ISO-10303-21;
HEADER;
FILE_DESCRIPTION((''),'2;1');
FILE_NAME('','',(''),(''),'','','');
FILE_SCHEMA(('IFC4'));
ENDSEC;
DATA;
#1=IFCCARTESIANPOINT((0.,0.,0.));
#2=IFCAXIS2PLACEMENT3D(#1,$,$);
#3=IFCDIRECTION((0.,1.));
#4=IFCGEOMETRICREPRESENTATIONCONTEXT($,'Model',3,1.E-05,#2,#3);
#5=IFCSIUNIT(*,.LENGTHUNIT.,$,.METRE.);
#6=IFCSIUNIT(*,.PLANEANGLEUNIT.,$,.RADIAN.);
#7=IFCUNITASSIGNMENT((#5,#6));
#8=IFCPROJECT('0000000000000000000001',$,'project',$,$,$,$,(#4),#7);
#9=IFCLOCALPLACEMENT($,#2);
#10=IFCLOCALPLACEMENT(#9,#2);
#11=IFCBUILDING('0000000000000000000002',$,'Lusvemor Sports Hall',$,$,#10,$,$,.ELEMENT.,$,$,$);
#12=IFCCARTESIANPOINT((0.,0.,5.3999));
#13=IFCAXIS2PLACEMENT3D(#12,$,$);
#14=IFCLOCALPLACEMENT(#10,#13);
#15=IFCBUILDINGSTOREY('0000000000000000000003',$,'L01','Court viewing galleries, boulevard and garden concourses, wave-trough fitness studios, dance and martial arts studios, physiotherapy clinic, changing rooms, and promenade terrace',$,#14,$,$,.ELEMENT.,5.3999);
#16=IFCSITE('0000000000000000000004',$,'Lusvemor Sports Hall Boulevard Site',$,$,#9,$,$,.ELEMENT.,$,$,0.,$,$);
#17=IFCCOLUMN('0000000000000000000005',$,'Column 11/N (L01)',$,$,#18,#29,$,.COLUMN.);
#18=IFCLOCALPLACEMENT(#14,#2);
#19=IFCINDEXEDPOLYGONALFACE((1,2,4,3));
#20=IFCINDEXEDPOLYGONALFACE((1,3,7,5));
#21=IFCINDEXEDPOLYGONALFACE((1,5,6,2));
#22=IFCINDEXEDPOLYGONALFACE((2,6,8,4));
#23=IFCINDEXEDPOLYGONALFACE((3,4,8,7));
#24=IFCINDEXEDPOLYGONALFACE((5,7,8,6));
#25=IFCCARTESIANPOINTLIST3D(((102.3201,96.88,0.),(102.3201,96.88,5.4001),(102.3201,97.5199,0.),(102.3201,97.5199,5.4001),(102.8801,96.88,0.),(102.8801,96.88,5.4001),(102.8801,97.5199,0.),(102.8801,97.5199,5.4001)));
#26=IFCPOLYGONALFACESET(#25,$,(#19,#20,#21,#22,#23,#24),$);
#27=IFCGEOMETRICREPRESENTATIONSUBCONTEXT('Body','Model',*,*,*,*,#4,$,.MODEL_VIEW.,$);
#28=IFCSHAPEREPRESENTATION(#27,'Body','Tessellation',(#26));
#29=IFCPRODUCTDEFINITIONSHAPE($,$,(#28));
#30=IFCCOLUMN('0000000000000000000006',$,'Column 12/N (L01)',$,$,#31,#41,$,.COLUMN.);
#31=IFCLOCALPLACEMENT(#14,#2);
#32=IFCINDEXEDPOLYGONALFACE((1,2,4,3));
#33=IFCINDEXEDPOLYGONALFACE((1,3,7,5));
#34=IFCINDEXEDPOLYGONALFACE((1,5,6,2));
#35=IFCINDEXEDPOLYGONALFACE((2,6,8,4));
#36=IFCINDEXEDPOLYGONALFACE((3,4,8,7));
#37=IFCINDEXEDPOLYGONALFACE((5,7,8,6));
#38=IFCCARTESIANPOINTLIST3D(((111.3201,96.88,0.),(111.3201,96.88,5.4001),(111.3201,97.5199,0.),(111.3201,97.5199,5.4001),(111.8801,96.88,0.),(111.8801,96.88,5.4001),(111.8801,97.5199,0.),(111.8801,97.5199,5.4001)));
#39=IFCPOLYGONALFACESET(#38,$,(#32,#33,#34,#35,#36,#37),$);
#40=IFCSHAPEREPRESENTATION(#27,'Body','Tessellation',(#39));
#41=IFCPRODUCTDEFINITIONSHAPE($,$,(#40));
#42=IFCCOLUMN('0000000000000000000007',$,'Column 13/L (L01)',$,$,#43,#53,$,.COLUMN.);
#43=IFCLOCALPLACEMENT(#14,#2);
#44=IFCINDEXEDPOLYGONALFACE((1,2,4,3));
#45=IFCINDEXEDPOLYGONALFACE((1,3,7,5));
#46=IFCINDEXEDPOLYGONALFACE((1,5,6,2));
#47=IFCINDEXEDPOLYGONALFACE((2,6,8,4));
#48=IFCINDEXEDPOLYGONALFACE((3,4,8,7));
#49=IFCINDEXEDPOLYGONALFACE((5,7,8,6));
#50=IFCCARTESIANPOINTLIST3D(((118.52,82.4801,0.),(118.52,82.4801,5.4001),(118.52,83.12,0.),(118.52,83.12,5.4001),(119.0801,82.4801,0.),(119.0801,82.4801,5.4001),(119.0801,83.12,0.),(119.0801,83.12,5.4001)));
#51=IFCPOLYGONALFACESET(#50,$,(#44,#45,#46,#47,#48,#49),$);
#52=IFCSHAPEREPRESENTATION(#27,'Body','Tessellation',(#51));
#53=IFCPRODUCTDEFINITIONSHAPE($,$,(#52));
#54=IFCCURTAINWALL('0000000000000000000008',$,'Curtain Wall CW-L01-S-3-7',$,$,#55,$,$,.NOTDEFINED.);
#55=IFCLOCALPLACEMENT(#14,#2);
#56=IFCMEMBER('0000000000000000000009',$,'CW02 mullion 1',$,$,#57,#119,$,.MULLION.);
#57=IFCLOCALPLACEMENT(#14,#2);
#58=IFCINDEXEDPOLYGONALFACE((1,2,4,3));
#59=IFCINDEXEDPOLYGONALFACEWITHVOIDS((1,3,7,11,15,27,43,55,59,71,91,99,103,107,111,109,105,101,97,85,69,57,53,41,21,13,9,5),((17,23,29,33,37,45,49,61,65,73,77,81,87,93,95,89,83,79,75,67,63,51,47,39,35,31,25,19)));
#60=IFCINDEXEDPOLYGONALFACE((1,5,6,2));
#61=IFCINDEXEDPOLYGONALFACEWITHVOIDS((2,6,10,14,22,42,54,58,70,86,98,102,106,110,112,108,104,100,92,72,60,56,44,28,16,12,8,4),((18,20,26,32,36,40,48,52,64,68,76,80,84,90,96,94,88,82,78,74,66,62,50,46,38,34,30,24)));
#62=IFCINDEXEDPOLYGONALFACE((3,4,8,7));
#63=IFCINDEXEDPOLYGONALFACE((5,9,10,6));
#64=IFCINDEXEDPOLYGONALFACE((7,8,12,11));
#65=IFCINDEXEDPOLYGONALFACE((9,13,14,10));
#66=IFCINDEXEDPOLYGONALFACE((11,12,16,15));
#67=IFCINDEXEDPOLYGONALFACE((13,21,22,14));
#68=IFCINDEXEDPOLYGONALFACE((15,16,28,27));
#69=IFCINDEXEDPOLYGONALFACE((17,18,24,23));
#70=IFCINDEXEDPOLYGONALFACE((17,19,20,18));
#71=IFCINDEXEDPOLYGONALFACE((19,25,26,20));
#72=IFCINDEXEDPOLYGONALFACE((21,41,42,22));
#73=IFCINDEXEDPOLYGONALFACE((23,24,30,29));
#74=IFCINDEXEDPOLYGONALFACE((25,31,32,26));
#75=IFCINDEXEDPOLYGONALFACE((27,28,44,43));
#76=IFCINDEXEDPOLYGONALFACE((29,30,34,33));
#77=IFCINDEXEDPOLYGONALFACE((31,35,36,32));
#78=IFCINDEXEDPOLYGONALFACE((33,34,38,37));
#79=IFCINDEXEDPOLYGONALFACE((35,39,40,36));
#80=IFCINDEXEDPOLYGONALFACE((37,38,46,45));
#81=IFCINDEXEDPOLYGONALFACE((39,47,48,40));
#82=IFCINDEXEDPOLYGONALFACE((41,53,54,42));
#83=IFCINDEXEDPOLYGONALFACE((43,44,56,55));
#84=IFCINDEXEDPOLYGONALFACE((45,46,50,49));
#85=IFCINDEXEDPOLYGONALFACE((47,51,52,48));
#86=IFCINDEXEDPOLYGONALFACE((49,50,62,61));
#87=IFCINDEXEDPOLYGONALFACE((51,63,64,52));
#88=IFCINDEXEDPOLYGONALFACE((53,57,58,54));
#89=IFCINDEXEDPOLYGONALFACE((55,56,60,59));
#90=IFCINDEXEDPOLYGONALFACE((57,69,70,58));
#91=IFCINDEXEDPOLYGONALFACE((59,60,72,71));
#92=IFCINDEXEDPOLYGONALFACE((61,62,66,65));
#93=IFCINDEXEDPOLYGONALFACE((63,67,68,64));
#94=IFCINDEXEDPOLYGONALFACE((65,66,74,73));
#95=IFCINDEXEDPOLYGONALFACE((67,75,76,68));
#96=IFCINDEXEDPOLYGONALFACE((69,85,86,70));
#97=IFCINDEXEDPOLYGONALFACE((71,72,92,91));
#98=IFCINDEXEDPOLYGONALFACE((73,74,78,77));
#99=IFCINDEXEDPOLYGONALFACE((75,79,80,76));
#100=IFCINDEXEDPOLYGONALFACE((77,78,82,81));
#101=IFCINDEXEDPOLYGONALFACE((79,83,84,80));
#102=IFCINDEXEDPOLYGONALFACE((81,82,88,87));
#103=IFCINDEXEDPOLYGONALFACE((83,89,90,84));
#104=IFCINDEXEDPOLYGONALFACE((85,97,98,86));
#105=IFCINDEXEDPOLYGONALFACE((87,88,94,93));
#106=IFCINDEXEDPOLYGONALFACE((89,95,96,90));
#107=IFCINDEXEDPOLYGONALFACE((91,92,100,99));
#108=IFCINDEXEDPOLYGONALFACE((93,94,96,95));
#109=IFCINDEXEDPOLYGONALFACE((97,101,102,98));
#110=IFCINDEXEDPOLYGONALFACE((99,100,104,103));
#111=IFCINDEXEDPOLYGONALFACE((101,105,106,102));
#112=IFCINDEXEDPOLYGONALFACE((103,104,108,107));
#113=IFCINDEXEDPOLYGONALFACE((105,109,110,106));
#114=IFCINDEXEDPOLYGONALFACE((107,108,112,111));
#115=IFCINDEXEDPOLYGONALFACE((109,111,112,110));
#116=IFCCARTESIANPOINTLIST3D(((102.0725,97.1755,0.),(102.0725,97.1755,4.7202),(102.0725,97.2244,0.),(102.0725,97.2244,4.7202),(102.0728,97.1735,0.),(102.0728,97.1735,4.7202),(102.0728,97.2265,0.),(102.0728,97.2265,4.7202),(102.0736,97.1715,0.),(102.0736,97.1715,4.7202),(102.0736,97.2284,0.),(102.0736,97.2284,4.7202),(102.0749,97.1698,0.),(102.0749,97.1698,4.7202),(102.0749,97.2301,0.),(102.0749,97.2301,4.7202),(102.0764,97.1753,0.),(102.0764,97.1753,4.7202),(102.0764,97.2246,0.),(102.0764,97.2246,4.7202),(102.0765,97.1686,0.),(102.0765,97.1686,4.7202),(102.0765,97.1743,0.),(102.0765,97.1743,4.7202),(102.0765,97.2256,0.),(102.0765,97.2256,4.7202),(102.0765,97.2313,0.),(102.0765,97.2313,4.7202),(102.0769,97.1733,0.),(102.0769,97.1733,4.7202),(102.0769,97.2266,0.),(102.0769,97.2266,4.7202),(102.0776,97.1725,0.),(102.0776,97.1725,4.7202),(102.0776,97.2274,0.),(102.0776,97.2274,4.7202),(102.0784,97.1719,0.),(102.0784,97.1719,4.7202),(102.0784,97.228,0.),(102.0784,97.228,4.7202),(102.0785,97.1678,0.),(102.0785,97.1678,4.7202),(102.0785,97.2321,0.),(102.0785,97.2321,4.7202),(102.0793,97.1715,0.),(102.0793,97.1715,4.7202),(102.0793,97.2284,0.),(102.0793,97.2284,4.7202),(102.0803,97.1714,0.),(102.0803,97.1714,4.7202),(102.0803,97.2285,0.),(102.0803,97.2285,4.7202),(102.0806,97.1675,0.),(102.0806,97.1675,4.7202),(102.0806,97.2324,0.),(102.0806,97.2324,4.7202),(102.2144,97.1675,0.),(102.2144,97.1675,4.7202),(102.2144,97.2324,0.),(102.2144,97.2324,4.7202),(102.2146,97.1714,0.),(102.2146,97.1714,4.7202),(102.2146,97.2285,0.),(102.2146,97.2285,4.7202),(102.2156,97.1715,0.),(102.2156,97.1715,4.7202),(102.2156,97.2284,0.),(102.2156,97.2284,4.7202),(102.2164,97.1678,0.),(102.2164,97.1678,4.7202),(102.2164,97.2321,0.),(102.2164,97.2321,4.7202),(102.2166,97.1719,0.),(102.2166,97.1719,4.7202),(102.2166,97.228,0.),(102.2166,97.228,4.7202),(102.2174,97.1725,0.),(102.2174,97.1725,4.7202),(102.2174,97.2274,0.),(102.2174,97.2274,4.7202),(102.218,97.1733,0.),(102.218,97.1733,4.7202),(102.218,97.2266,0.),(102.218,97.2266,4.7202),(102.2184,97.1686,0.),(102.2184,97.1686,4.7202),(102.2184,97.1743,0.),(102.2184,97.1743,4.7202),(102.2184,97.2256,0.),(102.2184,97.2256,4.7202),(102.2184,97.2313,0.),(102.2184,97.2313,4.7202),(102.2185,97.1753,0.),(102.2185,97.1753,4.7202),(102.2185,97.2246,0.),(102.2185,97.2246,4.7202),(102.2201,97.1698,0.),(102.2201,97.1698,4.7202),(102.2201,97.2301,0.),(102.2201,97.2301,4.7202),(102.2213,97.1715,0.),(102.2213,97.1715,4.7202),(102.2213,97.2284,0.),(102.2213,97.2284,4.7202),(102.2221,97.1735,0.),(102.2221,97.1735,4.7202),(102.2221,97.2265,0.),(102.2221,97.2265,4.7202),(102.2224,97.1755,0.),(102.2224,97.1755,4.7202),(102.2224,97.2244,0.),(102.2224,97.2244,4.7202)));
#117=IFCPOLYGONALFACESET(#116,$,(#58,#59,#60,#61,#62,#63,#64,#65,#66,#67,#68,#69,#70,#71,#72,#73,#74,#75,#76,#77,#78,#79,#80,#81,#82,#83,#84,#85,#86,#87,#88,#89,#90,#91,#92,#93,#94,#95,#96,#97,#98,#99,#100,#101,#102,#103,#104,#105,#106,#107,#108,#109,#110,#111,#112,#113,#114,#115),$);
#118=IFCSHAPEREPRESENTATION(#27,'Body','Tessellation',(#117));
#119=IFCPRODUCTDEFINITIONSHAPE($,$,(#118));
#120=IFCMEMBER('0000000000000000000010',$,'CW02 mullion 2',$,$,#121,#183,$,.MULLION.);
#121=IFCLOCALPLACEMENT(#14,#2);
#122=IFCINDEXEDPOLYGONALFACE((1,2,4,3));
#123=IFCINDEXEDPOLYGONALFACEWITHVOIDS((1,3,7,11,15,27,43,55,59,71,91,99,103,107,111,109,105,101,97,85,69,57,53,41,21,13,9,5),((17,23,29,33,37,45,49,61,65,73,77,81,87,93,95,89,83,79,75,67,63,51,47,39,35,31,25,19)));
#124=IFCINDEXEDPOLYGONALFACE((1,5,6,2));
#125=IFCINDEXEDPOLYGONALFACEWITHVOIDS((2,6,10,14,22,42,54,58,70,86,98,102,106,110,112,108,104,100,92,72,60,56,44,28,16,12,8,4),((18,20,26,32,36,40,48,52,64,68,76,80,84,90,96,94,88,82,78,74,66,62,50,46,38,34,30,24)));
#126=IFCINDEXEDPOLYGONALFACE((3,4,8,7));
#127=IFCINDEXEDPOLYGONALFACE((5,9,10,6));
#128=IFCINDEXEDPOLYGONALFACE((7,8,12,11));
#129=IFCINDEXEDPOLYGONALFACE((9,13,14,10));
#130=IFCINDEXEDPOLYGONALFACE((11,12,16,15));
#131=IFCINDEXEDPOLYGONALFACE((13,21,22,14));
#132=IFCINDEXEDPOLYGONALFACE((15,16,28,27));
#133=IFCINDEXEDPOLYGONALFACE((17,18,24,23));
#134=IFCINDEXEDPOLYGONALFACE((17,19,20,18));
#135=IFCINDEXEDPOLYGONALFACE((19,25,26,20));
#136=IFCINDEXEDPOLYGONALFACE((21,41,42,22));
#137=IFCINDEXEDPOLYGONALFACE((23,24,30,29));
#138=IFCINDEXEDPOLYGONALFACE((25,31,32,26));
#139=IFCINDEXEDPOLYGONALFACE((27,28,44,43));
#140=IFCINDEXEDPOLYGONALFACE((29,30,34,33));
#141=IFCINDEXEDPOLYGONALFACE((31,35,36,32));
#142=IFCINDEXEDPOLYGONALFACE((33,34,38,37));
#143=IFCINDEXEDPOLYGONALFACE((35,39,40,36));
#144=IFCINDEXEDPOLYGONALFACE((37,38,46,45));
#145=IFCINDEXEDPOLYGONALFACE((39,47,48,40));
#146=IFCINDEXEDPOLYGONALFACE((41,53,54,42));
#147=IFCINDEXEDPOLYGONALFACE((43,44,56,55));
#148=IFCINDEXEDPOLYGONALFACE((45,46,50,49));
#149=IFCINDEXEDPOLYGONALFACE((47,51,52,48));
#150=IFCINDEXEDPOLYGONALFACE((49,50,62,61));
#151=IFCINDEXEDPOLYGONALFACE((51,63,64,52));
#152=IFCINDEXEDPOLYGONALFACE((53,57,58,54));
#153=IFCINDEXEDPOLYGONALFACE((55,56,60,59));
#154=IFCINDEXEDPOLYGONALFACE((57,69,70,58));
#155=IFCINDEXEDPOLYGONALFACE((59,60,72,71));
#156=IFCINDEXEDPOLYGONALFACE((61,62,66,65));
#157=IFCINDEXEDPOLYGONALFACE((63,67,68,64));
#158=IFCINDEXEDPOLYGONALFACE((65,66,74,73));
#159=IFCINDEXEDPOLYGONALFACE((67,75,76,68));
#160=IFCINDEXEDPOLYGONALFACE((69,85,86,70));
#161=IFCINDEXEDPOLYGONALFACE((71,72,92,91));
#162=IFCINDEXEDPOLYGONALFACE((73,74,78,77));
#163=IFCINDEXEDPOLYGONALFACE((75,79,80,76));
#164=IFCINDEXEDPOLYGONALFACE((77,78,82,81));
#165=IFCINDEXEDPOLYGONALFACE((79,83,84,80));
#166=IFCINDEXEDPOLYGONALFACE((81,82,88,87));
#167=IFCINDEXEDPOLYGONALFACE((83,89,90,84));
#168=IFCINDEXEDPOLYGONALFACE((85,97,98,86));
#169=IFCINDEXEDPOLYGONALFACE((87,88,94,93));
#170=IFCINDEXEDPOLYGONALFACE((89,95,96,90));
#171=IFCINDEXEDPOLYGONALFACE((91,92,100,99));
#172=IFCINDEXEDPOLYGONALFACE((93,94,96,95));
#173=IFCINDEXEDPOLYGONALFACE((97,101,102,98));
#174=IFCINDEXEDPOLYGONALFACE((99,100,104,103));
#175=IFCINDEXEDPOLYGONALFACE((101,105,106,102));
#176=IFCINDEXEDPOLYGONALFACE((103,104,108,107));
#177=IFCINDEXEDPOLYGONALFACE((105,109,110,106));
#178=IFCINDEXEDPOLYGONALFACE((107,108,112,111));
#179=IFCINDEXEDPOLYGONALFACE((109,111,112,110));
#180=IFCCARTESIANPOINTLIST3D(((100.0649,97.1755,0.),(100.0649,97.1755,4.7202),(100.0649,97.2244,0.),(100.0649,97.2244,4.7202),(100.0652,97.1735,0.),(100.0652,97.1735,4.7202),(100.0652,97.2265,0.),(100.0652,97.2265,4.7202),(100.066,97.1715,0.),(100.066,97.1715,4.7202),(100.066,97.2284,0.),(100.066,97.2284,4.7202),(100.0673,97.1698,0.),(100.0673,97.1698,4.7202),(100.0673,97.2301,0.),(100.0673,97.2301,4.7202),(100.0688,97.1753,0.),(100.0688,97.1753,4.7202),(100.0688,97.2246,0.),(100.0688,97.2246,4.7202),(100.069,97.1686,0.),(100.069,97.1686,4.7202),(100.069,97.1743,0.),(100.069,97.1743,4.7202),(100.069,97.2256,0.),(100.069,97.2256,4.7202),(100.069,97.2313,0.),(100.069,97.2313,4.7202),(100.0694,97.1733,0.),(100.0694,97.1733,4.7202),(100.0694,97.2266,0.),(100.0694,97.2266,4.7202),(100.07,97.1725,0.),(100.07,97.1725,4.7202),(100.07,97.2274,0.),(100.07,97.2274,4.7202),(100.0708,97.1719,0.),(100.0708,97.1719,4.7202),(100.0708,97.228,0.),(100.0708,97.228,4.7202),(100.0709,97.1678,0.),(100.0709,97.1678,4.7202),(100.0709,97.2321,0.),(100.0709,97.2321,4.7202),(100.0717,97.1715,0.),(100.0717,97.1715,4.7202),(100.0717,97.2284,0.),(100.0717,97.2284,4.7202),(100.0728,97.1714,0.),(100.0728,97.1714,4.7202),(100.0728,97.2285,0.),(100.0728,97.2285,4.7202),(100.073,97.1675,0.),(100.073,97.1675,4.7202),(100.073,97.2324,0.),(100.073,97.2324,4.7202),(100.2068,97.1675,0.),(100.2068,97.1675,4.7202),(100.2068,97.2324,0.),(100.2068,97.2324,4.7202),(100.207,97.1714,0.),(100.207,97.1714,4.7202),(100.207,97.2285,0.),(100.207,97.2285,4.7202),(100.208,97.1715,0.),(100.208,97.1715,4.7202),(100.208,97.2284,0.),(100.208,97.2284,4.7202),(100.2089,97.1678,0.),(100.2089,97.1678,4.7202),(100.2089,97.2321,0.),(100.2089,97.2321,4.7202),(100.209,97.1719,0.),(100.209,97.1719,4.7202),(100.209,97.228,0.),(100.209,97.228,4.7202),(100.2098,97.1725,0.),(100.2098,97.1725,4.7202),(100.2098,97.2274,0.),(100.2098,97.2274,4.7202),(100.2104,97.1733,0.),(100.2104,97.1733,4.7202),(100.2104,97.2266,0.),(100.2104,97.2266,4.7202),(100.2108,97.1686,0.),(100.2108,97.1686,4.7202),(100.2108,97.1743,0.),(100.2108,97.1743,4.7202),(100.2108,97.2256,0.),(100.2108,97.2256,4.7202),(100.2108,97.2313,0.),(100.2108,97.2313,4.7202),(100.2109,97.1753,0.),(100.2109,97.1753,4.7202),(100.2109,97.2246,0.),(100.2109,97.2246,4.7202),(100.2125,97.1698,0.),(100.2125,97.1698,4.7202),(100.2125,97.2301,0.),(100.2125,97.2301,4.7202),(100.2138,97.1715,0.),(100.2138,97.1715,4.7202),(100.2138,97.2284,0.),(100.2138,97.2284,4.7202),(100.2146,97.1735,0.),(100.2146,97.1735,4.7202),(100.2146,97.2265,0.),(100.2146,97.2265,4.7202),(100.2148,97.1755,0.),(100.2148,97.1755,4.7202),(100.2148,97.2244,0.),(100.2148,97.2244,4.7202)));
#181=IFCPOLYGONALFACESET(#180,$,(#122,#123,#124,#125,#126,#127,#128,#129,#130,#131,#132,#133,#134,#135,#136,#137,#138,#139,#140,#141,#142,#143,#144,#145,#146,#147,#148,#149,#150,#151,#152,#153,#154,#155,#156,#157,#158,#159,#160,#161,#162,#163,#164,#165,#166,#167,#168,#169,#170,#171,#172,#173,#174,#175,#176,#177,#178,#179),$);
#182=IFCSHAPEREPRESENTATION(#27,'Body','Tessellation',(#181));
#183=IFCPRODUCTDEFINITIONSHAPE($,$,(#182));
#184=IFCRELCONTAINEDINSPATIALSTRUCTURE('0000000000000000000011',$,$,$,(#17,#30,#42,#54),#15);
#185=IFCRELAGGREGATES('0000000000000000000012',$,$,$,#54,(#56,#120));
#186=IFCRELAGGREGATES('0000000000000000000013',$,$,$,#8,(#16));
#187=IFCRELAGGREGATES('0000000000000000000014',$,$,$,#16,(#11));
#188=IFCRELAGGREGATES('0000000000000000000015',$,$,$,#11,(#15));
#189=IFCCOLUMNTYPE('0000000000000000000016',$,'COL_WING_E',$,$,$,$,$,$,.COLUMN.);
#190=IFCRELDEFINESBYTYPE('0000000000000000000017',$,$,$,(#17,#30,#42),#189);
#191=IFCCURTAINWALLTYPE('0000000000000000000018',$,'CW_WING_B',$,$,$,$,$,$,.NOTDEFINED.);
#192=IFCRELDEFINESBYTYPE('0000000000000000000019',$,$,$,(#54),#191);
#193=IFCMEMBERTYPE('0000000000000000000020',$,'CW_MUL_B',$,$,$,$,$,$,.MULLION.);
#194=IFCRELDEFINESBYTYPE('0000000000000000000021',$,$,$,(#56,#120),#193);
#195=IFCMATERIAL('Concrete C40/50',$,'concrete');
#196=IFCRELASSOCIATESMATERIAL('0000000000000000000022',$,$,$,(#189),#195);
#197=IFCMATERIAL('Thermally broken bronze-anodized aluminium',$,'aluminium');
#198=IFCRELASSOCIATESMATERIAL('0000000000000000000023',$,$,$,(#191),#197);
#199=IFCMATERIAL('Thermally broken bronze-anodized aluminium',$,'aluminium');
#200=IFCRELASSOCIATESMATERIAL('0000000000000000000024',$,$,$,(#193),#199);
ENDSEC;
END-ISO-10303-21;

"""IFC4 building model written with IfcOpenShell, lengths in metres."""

from ifc_helpers import new_model, si_unit, direction, frame, origin, origin_2d, place, context, subcontext, project, spatial, rectangle, hollow_rectangle, extrude, material, material_profile, profile_set, type_object, element, aggregate, save


model = new_model("IFC4")

# Units and contexts
model_context = context("Model", 3, precision=1e-05, world=origin(), true_north=direction((0.0, 1.0)))
body_context = subcontext(model_context, "Body", "Model", "MODEL_VIEW")
ifc_project = project(units=[si_unit("LENGTHUNIT", "METRE"), si_unit("PLANEANGLEUNIT", "RADIAN")], contexts=[model_context])

# Site, building, storey
site_placement = place(None, origin())
site = spatial("IfcSite", under=ifc_project, at=site_placement, Name="Lusvemor Sports Hall Boulevard Site", CompositionType="ELEMENT", RefElevation=0.0)
building_placement = place(site_placement, origin())
building = spatial("IfcBuilding", under=site, at=building_placement, Name="Lusvemor Sports Hall", CompositionType="ELEMENT")
storey_placement = place(building_placement, frame((0.0, 0.0, 5.3999)))
storey = spatial("IfcBuildingStorey", under=building, at=storey_placement, Name="L01", Description="Court viewing galleries, boulevard and garden concourses, wave-trough fitness studios, dance and martial arts studios, physiotherapy clinic, changing rooms, and promenade terrace", CompositionType="ELEMENT", Elevation=5.3999)

# Columns
ifc_material_1 = material(Name="Concrete C40/50", Category="concrete")
ifc_material_profile_1 = material_profile(ifc_material_1, rectangle(XDim=0.5601, YDim=0.6399, at=origin_2d()), Name="RC560x640")
ifc_profile_set_1 = profile_set([ifc_material_profile_1], Name="Concrete C40/50")
column_type = type_object("IfcColumnType", Name="COL_WING_E", PredefinedType="COLUMN", material=ifc_profile_set_1)
for number, where, z_axis, x_axis, name in (
    (1, (102.6001, 97.2, 0.0), (0.0, 0.0, 1.0), (1.0, 0.0, 0.0), "Column 11/N (L01)"),
    (2, (111.6001, 97.2, 0.0), (0.0, 0.0, 1.0), (1.0, 0.0, 0.0), "Column 12/N (L01)"),
    (3, (118.8, 82.8, 0.0), (0.0, 0.0, 1.0), (1.0, 0.0, 0.0), "Column 13/L (L01)"),
):
    element("IfcColumn", number, at=place(storey_placement, frame(where, z_axis=z_axis, x_axis=x_axis)), inside=storey, type_object=column_type, Name=name, PredefinedType="COLUMN", context=body_context, shape_type="SweptSolid", body=[
        extrude(rectangle(XDim=0.5601, YDim=0.6399, at=origin_2d()), origin(), (0.0, 0.0, 1.0), 5.4001),
    ])

# Curtain wall, members
ifc_material_2 = material(Name="Thermally broken bronze-anodized aluminium", Category="aluminium")
curtain_wall_type = type_object("IfcCurtainWallType", Name="CW_WING_B", PredefinedType="NOTDEFINED", material=ifc_material_2)
curtain_wall_placement = place(storey_placement, origin())
curtain_wall = element("IfcCurtainWall", 4, at=curtain_wall_placement, inside=storey, type_object=curtain_wall_type, Name="Curtain Wall CW-L01-S-3-7", PredefinedType="NOTDEFINED")
ifc_material_3 = material(Name="Thermally broken bronze-anodized aluminium", Category="aluminium")
ifc_material_profile_2 = material_profile(ifc_material_3, hollow_rectangle(XDim=0.0649, YDim=0.1499, WallThickness=0.0039, InnerFilletRadius=0.0039, OuterFilletRadius=0.0081, at=origin_2d()), Name="CWMUL150x65x4")
ifc_profile_set_2 = profile_set([ifc_material_profile_2], Name="Thermally broken bronze-anodized aluminium")
member_type_1 = type_object("IfcMemberType", Name="CW_MUL_B", PredefinedType="MULLION", material=ifc_profile_set_2)
member_1_placement = place(storey_placement, frame((102.1475, 97.2, 0.0), z_axis=(0.0, 0.0, 1.0), x_axis=(0.0, -1.0, 0.0)))
member_1 = element("IfcMember", 5, at=member_1_placement, type_object=member_type_1, Name="CW02 mullion 1", PredefinedType="MULLION", context=body_context, shape_type="SweptSolid", body=[
    extrude(hollow_rectangle(XDim=0.0649, YDim=0.1499, WallThickness=0.0039, InnerFilletRadius=0.0039, OuterFilletRadius=0.0081, at=origin_2d()), origin(), (0.0, 0.0, 1.0), 4.7202),
])
member_2_placement = place(storey_placement, frame((100.1399, 97.2, 0.0), z_axis=(0.0, 0.0, 1.0), x_axis=(0.0, -1.0, 0.0)))
member_2 = element("IfcMember", 6, at=member_2_placement, type_object=member_type_1, Name="CW02 mullion 2", PredefinedType="MULLION", context=body_context, shape_type="SweptSolid", body=[
    extrude(hollow_rectangle(XDim=0.0649, YDim=0.1499, WallThickness=0.0039, InnerFilletRadius=0.0039, OuterFilletRadius=0.0081, at=origin_2d()), origin(), (0.0, 0.0, 1.0), 4.7202),
])

aggregate(curtain_wall, [member_1, member_2])

save(model, "model.ifc")
